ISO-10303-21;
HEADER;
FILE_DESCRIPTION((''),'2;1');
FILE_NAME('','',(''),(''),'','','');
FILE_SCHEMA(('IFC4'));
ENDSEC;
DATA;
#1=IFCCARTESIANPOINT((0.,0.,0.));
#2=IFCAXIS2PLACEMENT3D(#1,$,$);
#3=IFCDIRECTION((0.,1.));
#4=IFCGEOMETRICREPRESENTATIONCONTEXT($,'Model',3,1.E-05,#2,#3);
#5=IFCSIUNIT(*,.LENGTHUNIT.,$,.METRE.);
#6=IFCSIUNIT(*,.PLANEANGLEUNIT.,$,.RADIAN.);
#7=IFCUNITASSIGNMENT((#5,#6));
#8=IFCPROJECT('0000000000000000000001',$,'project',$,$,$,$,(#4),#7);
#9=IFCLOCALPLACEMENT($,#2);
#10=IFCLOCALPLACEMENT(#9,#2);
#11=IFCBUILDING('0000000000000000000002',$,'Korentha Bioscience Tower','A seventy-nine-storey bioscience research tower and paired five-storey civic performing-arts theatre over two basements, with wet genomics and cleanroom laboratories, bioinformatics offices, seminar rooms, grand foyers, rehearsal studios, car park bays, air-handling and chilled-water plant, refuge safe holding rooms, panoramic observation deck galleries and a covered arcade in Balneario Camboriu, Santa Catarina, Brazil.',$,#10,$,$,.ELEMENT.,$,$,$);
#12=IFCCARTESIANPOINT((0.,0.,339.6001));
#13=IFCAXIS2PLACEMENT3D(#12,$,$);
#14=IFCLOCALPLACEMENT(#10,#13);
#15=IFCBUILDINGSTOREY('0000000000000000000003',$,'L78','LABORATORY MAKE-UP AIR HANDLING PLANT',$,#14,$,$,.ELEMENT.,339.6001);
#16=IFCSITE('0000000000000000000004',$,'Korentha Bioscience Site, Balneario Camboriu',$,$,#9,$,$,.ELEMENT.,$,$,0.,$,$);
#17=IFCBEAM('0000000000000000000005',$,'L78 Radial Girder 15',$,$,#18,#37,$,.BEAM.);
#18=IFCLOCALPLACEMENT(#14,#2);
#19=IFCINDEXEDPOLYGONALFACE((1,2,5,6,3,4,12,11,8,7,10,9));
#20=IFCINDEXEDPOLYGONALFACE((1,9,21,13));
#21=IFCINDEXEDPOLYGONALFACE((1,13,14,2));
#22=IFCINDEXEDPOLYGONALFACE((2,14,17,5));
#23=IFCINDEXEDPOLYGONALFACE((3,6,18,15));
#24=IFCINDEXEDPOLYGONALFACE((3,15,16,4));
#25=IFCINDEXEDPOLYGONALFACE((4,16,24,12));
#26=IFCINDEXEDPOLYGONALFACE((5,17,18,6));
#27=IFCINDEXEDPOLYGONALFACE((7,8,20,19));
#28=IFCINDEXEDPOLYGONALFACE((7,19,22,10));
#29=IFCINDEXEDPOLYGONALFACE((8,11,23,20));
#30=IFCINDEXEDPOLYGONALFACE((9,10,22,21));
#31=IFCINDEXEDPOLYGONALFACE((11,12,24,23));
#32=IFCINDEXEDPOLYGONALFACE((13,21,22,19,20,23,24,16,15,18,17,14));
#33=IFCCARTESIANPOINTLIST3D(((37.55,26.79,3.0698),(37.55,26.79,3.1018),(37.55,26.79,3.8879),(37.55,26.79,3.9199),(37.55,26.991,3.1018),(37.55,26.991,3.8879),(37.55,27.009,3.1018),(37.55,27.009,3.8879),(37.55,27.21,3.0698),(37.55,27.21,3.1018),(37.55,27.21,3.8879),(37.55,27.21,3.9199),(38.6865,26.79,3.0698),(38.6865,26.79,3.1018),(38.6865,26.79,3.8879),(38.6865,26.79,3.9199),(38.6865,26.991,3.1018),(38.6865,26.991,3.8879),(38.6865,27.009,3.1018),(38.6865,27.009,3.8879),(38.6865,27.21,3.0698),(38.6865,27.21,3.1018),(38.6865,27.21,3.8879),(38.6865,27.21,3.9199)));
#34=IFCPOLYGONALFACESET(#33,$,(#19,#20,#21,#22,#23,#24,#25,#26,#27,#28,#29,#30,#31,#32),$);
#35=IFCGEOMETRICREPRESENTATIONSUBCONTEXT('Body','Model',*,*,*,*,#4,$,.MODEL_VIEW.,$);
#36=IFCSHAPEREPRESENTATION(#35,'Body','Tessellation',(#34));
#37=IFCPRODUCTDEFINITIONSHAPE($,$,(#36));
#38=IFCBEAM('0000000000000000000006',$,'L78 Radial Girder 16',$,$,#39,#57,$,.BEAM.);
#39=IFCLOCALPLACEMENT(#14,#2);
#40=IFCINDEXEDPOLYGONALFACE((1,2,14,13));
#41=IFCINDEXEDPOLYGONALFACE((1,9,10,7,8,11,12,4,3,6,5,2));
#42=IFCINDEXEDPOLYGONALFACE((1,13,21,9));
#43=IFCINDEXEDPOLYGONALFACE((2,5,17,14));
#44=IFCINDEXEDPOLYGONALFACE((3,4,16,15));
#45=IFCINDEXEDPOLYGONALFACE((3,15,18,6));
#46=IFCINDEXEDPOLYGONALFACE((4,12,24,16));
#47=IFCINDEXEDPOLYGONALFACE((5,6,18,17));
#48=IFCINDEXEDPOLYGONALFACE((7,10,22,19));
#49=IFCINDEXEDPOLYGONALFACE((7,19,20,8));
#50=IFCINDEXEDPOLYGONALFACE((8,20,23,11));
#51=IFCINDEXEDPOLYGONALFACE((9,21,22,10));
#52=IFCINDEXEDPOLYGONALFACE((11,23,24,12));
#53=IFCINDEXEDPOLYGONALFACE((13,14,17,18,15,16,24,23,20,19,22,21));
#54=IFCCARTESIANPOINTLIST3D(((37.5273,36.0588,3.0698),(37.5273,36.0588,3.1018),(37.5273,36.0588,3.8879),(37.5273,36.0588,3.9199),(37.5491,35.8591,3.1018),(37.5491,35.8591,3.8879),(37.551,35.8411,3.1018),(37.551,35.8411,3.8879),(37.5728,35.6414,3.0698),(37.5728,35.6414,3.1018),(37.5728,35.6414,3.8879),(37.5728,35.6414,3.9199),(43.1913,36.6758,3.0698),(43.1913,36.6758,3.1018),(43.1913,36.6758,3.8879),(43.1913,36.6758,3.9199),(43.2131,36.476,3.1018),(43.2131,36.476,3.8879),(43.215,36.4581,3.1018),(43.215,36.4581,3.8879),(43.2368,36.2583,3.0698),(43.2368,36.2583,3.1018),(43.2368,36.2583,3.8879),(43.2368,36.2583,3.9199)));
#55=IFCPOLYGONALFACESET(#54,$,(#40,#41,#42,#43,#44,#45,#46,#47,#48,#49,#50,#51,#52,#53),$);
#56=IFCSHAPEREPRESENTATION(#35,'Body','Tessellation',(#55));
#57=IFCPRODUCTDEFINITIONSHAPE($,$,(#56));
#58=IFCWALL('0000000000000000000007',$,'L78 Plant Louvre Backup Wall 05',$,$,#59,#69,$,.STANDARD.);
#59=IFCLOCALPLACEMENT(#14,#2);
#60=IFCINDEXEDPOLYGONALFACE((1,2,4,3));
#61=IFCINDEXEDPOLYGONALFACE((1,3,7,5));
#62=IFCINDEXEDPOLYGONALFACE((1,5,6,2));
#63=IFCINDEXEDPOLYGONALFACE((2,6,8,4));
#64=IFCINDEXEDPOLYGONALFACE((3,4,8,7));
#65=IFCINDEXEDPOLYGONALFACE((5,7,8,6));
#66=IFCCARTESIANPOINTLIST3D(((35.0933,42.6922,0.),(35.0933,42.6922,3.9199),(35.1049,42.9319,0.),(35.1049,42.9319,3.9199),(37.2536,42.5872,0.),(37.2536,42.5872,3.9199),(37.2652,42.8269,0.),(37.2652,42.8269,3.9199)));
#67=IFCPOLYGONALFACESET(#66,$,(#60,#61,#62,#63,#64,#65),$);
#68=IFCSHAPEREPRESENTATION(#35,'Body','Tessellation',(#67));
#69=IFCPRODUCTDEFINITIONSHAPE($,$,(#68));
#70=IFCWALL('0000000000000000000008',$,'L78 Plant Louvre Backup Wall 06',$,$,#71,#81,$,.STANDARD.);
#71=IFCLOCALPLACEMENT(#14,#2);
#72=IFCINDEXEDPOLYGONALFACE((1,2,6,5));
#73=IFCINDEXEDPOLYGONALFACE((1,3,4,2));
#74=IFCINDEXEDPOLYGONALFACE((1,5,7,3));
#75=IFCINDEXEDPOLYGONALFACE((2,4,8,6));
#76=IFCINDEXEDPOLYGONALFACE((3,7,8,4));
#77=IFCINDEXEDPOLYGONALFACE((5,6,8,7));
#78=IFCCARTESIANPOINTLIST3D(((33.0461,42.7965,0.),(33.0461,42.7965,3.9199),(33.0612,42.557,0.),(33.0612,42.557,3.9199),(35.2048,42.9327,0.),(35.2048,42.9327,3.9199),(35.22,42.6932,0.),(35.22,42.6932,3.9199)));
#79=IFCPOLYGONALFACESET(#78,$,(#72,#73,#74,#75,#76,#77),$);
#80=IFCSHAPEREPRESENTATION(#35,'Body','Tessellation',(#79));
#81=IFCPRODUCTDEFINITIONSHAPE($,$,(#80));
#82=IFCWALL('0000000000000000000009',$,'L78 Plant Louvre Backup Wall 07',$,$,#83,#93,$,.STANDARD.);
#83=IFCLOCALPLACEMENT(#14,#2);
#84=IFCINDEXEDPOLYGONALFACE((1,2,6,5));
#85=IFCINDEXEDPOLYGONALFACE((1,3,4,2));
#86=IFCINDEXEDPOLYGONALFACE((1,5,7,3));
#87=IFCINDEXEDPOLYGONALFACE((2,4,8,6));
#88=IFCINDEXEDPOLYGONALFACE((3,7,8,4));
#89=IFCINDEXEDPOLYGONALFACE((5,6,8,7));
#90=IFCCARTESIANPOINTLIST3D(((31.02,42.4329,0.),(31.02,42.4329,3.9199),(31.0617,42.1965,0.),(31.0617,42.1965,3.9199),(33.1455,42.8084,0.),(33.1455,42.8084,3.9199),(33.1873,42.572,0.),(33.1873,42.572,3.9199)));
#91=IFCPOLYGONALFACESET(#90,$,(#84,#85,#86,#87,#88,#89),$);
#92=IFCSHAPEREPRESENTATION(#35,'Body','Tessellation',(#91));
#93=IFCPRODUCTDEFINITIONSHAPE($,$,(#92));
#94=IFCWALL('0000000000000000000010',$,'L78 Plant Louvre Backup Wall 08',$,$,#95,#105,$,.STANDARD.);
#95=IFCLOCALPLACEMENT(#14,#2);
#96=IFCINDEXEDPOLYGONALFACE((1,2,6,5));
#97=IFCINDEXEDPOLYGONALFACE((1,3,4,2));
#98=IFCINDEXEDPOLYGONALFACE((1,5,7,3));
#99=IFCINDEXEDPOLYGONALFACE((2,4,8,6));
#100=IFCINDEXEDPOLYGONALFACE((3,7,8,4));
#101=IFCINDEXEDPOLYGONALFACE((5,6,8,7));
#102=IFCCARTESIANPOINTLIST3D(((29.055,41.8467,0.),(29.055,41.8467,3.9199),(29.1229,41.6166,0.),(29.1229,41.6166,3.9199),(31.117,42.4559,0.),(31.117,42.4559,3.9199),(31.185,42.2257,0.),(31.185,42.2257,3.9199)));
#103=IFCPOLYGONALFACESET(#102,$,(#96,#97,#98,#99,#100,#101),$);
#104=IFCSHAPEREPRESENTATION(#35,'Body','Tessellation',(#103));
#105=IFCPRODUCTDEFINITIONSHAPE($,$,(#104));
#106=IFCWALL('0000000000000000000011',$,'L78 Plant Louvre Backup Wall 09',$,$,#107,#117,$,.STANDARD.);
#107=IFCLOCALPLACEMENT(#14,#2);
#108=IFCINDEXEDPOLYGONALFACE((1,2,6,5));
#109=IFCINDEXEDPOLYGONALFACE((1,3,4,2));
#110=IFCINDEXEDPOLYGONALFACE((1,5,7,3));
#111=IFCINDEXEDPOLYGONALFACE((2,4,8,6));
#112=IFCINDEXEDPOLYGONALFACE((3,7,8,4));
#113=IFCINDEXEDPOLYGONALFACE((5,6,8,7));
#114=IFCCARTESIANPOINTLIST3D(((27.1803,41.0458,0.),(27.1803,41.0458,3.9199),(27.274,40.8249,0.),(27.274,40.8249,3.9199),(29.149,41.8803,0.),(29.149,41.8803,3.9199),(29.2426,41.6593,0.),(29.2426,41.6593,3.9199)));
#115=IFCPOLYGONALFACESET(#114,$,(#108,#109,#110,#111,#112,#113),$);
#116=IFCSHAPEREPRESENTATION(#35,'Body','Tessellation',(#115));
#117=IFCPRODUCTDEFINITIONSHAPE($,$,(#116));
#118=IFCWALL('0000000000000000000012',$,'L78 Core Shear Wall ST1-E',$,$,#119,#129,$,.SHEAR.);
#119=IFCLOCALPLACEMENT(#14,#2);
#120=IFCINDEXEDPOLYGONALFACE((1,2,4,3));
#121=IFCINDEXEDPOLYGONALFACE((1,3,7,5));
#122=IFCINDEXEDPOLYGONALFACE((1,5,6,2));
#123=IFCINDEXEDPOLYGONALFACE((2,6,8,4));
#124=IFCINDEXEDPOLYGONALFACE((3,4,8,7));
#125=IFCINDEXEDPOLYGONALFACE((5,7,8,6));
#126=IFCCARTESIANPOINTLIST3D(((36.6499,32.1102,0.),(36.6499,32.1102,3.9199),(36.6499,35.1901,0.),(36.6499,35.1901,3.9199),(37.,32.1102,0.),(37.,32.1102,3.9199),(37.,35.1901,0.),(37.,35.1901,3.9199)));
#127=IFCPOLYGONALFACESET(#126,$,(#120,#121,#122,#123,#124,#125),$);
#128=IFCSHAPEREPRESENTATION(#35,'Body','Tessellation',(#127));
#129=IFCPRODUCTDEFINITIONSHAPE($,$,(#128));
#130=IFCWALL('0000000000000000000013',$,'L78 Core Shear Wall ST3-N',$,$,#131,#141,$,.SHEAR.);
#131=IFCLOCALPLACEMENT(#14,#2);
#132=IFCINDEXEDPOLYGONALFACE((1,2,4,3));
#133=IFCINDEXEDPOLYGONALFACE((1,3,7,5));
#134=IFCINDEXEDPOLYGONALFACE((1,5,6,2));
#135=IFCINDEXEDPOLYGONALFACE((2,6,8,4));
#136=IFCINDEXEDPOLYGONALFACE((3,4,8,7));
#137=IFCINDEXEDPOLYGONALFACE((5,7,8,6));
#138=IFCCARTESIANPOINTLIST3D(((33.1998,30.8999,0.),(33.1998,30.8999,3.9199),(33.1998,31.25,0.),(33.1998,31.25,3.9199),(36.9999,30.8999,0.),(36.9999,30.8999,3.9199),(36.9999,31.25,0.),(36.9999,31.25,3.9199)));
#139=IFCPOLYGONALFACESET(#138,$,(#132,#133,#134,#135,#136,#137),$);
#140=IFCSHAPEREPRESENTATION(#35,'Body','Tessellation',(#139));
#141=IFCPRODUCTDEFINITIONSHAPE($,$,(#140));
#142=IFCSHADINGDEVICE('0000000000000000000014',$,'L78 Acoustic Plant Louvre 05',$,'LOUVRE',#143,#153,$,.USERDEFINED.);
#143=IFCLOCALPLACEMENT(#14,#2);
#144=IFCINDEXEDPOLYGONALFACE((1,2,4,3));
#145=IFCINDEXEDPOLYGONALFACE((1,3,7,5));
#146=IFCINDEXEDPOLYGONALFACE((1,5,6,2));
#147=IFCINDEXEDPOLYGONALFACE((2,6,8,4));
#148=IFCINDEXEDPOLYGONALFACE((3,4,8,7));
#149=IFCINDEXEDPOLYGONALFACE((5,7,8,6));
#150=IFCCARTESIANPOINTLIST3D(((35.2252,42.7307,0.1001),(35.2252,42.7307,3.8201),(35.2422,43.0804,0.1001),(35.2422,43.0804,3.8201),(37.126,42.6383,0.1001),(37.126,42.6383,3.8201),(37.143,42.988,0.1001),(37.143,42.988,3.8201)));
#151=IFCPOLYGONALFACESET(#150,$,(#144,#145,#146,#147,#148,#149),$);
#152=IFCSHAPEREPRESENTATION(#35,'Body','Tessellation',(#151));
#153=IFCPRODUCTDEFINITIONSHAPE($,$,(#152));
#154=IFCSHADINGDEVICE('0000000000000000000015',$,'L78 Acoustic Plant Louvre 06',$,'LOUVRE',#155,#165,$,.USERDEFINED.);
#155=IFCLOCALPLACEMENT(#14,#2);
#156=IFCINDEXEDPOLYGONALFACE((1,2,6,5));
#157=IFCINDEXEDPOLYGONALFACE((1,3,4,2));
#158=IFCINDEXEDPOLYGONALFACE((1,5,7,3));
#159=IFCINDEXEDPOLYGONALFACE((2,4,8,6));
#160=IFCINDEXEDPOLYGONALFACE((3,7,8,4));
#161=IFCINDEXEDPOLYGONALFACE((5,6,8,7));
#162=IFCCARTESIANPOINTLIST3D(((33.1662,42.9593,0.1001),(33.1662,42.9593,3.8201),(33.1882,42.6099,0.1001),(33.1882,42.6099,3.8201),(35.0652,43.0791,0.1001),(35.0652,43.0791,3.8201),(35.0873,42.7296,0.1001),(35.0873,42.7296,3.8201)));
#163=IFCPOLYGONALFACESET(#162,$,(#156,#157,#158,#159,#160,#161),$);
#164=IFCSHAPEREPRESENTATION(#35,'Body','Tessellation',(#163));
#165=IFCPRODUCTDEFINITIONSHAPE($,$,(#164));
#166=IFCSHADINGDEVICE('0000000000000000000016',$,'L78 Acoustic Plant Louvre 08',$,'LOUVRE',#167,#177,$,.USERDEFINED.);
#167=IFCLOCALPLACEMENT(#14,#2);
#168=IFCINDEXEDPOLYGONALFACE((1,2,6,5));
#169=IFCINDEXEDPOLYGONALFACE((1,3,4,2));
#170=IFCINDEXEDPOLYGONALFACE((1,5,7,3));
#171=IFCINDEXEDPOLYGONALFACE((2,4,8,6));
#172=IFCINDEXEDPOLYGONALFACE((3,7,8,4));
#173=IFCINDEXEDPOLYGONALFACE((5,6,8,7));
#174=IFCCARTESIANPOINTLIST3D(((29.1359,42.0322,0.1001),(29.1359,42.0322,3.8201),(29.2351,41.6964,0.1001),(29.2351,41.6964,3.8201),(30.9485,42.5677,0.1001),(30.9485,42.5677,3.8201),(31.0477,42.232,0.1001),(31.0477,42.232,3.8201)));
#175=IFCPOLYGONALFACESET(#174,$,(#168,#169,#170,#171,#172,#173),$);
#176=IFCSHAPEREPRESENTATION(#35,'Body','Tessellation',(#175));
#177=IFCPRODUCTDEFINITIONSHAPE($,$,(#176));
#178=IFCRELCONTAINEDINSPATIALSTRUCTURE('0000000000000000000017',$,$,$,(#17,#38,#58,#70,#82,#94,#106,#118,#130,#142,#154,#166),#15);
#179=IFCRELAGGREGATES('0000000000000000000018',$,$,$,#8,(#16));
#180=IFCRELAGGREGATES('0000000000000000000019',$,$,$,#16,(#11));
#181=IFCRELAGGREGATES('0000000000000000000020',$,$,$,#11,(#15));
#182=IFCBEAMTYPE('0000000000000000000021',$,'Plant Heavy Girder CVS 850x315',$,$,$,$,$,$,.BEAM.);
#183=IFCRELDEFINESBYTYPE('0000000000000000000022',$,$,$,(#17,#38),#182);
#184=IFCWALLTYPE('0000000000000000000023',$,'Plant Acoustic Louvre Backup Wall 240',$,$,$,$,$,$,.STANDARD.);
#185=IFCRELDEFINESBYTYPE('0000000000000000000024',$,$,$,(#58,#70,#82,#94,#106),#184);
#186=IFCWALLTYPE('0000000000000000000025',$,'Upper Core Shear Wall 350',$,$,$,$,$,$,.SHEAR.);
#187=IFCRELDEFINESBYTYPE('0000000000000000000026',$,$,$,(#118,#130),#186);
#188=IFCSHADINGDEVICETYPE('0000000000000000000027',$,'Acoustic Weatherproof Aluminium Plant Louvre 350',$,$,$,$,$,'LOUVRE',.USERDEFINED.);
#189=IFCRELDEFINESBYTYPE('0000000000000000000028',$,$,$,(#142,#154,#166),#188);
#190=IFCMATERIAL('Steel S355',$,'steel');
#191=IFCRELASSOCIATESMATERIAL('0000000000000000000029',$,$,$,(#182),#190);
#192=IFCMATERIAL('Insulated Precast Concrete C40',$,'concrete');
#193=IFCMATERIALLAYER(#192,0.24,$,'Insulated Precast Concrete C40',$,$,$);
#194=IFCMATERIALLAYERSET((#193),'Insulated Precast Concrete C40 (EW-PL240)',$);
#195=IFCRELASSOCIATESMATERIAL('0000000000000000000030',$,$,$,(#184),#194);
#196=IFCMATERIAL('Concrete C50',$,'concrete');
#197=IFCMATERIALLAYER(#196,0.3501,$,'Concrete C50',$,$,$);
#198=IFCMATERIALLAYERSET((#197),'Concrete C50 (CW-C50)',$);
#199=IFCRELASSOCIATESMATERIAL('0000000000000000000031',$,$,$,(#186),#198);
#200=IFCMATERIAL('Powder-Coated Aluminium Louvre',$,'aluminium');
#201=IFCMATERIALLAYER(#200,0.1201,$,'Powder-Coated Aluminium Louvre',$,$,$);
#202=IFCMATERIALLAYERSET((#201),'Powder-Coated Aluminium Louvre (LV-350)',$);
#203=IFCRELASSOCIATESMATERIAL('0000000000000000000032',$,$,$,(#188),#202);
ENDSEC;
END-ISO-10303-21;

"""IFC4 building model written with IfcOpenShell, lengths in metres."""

from ifc_helpers import new_model, si_unit, direction, frame, frame_2d, origin, origin_2d, place, context, subcontext, project, spatial, rectangle, i_section, extrude, material, layer, layer_set, material_profile, profile_set, type_object, element, save


model = new_model("IFC4")

# Units and contexts
model_context = context("Model", 3, precision=1e-05, world=origin(), true_north=direction((0.0, 1.0)))
body_context = subcontext(model_context, "Body", "Model", "MODEL_VIEW")
ifc_project = project(units=[si_unit("LENGTHUNIT", "METRE"), si_unit("PLANEANGLEUNIT", "RADIAN")], contexts=[model_context])

# Site, building, storey
site_placement = place(None, origin())
site = spatial("IfcSite", under=ifc_project, at=site_placement, Name="Korentha Bioscience Site, Balneario Camboriu", CompositionType="ELEMENT", RefElevation=0.0)
building_placement = place(site_placement, origin())
building = spatial("IfcBuilding", under=site, at=building_placement, Name="Korentha Bioscience Tower", Description="A seventy-nine-storey bioscience research tower and paired five-storey civic performing-arts theatre over two basements, with wet genomics and cleanroom laboratories, bioinformatics offices, seminar rooms, grand foyers, rehearsal studios, car park bays, air-handling and chilled-water plant, refuge safe holding rooms, panoramic observation deck galleries and a covered arcade in Balneario Camboriu, Santa Catarina, Brazil.", CompositionType="ELEMENT")
storey_placement = place(building_placement, frame((0.0, 0.0, 339.6001)))
storey = spatial("IfcBuildingStorey", under=building, at=storey_placement, Name="L78", Description="LABORATORY MAKE-UP AIR HANDLING PLANT", CompositionType="ELEMENT", Elevation=339.6001)

# Shared definitions
ifc_material_1 = material(Name="Concrete C50", Category="concrete")

# Beams
ifc_material_2 = material(Name="Steel S355", Category="steel")
ifc_material_profile_1 = material_profile(ifc_material_2, i_section(OverallWidth=0.4199, OverallDepth=0.8501, WebThickness=0.0181, FlangeThickness=0.032, at=origin_2d()), Name="Steel S355")
ifc_profile_set_1 = profile_set([ifc_material_profile_1], Name="Steel S355 (MB-850)")
beam_type_1 = type_object("IfcBeamType", Name="Plant Heavy Girder CVS 850x315", PredefinedType="BEAM", material=ifc_profile_set_1)
beam_1_placement = place(storey_placement, frame((37.55, 27.0, 3.4949), z_axis=(1.0, 0.0, 0.0), x_axis=(0.0, 1.0, 0.0)))
element("IfcBeam", 1, at=beam_1_placement, inside=storey, type_object=beam_type_1, Name="L78 Radial Girder 15", PredefinedType="BEAM", context=body_context, shape_type="SweptSolid", body=[
    extrude(i_section(OverallWidth=0.4199, OverallDepth=0.8501, WebThickness=0.0181, FlangeThickness=0.032, at=origin_2d()), origin(), (0.0, 0.0, 1.0), 1.1365),
])
beam_2_placement = place(storey_placement, frame((37.55, 35.8501, 3.4949), z_axis=(0.99412, 0.108282, 0.0), x_axis=(-0.108282, 0.99412, 0.0)))
element("IfcBeam", 2, at=beam_2_placement, inside=storey, type_object=beam_type_1, Name="L78 Radial Girder 16", PredefinedType="BEAM", context=body_context, shape_type="SweptSolid", body=[
    extrude(i_section(OverallWidth=0.4199, OverallDepth=0.8501, WebThickness=0.0181, FlangeThickness=0.032, at=origin_2d()), origin(), (0.0, 0.0, 1.0), 5.6975),
])

# Walls
ifc_material_3 = material(Name="Insulated Precast Concrete C40", Category="concrete")
ifc_layer_1 = layer(ifc_material_3, 0.24, Name="Insulated Precast Concrete C40")
ifc_layer_set_1 = layer_set([ifc_layer_1], Name="Insulated Precast Concrete C40 (EW-PL240)")
wall_type_1 = type_object("IfcWallType", Name="Plant Acoustic Louvre Backup Wall 240", PredefinedType="STANDARD", material=ifc_layer_set_1)
wall_1_placement = place(storey_placement, frame((37.2595, 42.707, 0.0), z_axis=(0.0, 0.0, 1.0), x_axis=(-0.998821, 0.048536, 0.0)))
element("IfcWall", 3, at=wall_1_placement, inside=storey, type_object=wall_type_1, Name="L78 Plant Louvre Backup Wall 05", PredefinedType="STANDARD", context=body_context, shape_type="SweptSolid", body=[
    extrude(rectangle(XDim=2.1628, YDim=0.24, at=frame_2d((1.0815, 0.0))), origin(), (0.0, 0.0, 1.0), 3.9199),
])
wall_2_placement = place(storey_placement, frame((35.2124, 42.813, 0.0), z_axis=(0.0, 0.0, 1.0), x_axis=(-0.998015, -0.062983, 0.0)))
element("IfcWall", 4, at=wall_2_placement, inside=storey, type_object=wall_type_1, Name="L78 Plant Louvre Backup Wall 06", PredefinedType="STANDARD", context=body_context, shape_type="SweptSolid", body=[
    extrude(rectangle(XDim=2.1631, YDim=0.24, at=frame_2d((1.0815, 0.0))), origin(), (0.0, 0.0, 1.0), 3.9199),
])
wall_3_placement = place(storey_placement, frame((33.1663, 42.6902, 0.0), z_axis=(0.0, 0.0, 1.0), x_axis=(-0.984752, -0.173966, 0.0)))
element("IfcWall", 5, at=wall_3_placement, inside=storey, type_object=wall_type_1, Name="L78 Plant Louvre Backup Wall 07", PredefinedType="STANDARD", context=body_context, shape_type="SweptSolid", body=[
    extrude(rectangle(XDim=2.1584, YDim=0.24, at=frame_2d((1.0791, 0.0))), origin(), (0.0, 0.0, 1.0), 3.9199),
])
wall_4_placement = place(storey_placement, frame((31.1511, 42.3408, 0.0), z_axis=(0.0, 0.0, 1.0), x_axis=(-0.95903, -0.283303, 0.0)))
element("IfcWall", 6, at=wall_4_placement, inside=storey, type_object=wall_type_1, Name="L78 Plant Louvre Backup Wall 08", PredefinedType="STANDARD", context=body_context, shape_type="SweptSolid", body=[
    extrude(rectangle(XDim=2.1501, YDim=0.24, at=frame_2d((1.0752, 0.0))), origin(), (0.0, 0.0, 1.0), 3.9199),
])
wall_5_placement = place(storey_placement, frame((29.1958, 41.7698, 0.0), z_axis=(0.0, 0.0, 1.0), x_axis=(-0.920709, -0.390251, 0.0)))
element("IfcWall", 7, at=wall_5_placement, inside=storey, type_object=wall_type_1, Name="L78 Plant Louvre Backup Wall 09", PredefinedType="STANDARD", context=body_context, shape_type="SweptSolid", body=[
    extrude(rectangle(XDim=2.1382, YDim=0.24, at=frame_2d((1.0691, 0.0))), origin(), (0.0, 0.0, 1.0), 3.9199),
])
ifc_layer_2 = layer(ifc_material_1, 0.3501, Name="Concrete C50")
ifc_layer_set_2 = layer_set([ifc_layer_2], Name="Concrete C50 (CW-C50)")
wall_type_2 = type_object("IfcWallType", Name="Upper Core Shear Wall 350", PredefinedType="SHEAR", material=ifc_layer_set_2)
wall_6_placement = place(storey_placement, frame((36.825, 32.1101, 0.0), z_axis=(0.0, 0.0, 1.0), x_axis=(0.0, 1.0, 0.0)))
element("IfcWall", 8, at=wall_6_placement, inside=storey, type_object=wall_type_2, Name="L78 Core Shear Wall ST1-E", PredefinedType="SHEAR", context=body_context, shape_type="SweptSolid", body=[
    extrude(rectangle(XDim=3.0798, YDim=0.3501, at=frame_2d((1.54, 0.0))), origin(), (0.0, 0.0, 1.0), 3.9199),
])
wall_7_placement = place(storey_placement, frame((33.2, 31.075, 0.0), z_axis=(0.0, 0.0, 1.0), x_axis=(1.0, 0.0, 0.0)))
element("IfcWall", 9, at=wall_7_placement, inside=storey, type_object=wall_type_2, Name="L78 Core Shear Wall ST3-N", PredefinedType="SHEAR", context=body_context, shape_type="SweptSolid", body=[
    extrude(rectangle(XDim=3.8, YDim=0.3501, at=frame_2d((1.8999, 0.0))), origin(), (0.0, 0.0, 1.0), 3.9199),
])

# Shading devices
ifc_material_4 = material(Name="Powder-Coated Aluminium Louvre", Category="aluminium")
ifc_layer_3 = layer(ifc_material_4, 0.1201, Name="Powder-Coated Aluminium Louvre")
ifc_layer_set_3 = layer_set([ifc_layer_3], Name="Powder-Coated Aluminium Louvre (LV-350)")
shading_device_type = type_object("IfcShadingDeviceType", Name="Acoustic Weatherproof Aluminium Plant Louvre 350", ElementType="LOUVRE", PredefinedType="USERDEFINED", material=ifc_layer_set_3)
shading_device_1_placement = place(storey_placement, frame((36.1841, 42.8594, 0.1001), z_axis=(0.0, 0.0, 1.0), x_axis=(-0.99882, 0.048569, 0.0)))
element("IfcShadingDevice", 10, at=shading_device_1_placement, inside=storey, type_object=shading_device_type, Name="L78 Acoustic Plant Louvre 05", ObjectType="LOUVRE", PredefinedType="USERDEFINED", context=body_context, shape_type="SweptSolid", body=[
    extrude(rectangle(XDim=1.9031, YDim=0.3501, at=origin_2d()), origin(), (0.0, 0.0, 1.0), 3.72),
])
shading_device_2_placement = place(storey_placement, frame((34.1267, 42.8445, 0.1001), z_axis=(0.0, 0.0, 1.0), x_axis=(-0.998018, -0.062925, 0.0)))
element("IfcShadingDevice", 11, at=shading_device_2_placement, inside=storey, type_object=shading_device_type, Name="L78 Acoustic Plant Louvre 06", ObjectType="LOUVRE", PredefinedType="USERDEFINED", context=body_context, shape_type="SweptSolid", body=[
    extrude(rectangle(XDim=1.9028, YDim=0.3501, at=origin_2d()), origin(), (0.0, 0.0, 1.0), 3.72),
])
shading_device_3_placement = place(storey_placement, frame((30.0918, 42.1321, 0.1001), z_axis=(0.0, 0.0, 1.0), x_axis=(-0.959017, -0.283349, 0.0)))
element("IfcShadingDevice", 12, at=shading_device_3_placement, inside=storey, type_object=shading_device_type, Name="L78 Acoustic Plant Louvre 08", ObjectType="LOUVRE", PredefinedType="USERDEFINED", context=body_context, shape_type="SweptSolid", body=[
    extrude(rectangle(XDim=1.8901, YDim=0.3501, at=origin_2d()), origin(), (0.0, 0.0, 1.0), 3.72),
])

save(model, "model.ifc")
